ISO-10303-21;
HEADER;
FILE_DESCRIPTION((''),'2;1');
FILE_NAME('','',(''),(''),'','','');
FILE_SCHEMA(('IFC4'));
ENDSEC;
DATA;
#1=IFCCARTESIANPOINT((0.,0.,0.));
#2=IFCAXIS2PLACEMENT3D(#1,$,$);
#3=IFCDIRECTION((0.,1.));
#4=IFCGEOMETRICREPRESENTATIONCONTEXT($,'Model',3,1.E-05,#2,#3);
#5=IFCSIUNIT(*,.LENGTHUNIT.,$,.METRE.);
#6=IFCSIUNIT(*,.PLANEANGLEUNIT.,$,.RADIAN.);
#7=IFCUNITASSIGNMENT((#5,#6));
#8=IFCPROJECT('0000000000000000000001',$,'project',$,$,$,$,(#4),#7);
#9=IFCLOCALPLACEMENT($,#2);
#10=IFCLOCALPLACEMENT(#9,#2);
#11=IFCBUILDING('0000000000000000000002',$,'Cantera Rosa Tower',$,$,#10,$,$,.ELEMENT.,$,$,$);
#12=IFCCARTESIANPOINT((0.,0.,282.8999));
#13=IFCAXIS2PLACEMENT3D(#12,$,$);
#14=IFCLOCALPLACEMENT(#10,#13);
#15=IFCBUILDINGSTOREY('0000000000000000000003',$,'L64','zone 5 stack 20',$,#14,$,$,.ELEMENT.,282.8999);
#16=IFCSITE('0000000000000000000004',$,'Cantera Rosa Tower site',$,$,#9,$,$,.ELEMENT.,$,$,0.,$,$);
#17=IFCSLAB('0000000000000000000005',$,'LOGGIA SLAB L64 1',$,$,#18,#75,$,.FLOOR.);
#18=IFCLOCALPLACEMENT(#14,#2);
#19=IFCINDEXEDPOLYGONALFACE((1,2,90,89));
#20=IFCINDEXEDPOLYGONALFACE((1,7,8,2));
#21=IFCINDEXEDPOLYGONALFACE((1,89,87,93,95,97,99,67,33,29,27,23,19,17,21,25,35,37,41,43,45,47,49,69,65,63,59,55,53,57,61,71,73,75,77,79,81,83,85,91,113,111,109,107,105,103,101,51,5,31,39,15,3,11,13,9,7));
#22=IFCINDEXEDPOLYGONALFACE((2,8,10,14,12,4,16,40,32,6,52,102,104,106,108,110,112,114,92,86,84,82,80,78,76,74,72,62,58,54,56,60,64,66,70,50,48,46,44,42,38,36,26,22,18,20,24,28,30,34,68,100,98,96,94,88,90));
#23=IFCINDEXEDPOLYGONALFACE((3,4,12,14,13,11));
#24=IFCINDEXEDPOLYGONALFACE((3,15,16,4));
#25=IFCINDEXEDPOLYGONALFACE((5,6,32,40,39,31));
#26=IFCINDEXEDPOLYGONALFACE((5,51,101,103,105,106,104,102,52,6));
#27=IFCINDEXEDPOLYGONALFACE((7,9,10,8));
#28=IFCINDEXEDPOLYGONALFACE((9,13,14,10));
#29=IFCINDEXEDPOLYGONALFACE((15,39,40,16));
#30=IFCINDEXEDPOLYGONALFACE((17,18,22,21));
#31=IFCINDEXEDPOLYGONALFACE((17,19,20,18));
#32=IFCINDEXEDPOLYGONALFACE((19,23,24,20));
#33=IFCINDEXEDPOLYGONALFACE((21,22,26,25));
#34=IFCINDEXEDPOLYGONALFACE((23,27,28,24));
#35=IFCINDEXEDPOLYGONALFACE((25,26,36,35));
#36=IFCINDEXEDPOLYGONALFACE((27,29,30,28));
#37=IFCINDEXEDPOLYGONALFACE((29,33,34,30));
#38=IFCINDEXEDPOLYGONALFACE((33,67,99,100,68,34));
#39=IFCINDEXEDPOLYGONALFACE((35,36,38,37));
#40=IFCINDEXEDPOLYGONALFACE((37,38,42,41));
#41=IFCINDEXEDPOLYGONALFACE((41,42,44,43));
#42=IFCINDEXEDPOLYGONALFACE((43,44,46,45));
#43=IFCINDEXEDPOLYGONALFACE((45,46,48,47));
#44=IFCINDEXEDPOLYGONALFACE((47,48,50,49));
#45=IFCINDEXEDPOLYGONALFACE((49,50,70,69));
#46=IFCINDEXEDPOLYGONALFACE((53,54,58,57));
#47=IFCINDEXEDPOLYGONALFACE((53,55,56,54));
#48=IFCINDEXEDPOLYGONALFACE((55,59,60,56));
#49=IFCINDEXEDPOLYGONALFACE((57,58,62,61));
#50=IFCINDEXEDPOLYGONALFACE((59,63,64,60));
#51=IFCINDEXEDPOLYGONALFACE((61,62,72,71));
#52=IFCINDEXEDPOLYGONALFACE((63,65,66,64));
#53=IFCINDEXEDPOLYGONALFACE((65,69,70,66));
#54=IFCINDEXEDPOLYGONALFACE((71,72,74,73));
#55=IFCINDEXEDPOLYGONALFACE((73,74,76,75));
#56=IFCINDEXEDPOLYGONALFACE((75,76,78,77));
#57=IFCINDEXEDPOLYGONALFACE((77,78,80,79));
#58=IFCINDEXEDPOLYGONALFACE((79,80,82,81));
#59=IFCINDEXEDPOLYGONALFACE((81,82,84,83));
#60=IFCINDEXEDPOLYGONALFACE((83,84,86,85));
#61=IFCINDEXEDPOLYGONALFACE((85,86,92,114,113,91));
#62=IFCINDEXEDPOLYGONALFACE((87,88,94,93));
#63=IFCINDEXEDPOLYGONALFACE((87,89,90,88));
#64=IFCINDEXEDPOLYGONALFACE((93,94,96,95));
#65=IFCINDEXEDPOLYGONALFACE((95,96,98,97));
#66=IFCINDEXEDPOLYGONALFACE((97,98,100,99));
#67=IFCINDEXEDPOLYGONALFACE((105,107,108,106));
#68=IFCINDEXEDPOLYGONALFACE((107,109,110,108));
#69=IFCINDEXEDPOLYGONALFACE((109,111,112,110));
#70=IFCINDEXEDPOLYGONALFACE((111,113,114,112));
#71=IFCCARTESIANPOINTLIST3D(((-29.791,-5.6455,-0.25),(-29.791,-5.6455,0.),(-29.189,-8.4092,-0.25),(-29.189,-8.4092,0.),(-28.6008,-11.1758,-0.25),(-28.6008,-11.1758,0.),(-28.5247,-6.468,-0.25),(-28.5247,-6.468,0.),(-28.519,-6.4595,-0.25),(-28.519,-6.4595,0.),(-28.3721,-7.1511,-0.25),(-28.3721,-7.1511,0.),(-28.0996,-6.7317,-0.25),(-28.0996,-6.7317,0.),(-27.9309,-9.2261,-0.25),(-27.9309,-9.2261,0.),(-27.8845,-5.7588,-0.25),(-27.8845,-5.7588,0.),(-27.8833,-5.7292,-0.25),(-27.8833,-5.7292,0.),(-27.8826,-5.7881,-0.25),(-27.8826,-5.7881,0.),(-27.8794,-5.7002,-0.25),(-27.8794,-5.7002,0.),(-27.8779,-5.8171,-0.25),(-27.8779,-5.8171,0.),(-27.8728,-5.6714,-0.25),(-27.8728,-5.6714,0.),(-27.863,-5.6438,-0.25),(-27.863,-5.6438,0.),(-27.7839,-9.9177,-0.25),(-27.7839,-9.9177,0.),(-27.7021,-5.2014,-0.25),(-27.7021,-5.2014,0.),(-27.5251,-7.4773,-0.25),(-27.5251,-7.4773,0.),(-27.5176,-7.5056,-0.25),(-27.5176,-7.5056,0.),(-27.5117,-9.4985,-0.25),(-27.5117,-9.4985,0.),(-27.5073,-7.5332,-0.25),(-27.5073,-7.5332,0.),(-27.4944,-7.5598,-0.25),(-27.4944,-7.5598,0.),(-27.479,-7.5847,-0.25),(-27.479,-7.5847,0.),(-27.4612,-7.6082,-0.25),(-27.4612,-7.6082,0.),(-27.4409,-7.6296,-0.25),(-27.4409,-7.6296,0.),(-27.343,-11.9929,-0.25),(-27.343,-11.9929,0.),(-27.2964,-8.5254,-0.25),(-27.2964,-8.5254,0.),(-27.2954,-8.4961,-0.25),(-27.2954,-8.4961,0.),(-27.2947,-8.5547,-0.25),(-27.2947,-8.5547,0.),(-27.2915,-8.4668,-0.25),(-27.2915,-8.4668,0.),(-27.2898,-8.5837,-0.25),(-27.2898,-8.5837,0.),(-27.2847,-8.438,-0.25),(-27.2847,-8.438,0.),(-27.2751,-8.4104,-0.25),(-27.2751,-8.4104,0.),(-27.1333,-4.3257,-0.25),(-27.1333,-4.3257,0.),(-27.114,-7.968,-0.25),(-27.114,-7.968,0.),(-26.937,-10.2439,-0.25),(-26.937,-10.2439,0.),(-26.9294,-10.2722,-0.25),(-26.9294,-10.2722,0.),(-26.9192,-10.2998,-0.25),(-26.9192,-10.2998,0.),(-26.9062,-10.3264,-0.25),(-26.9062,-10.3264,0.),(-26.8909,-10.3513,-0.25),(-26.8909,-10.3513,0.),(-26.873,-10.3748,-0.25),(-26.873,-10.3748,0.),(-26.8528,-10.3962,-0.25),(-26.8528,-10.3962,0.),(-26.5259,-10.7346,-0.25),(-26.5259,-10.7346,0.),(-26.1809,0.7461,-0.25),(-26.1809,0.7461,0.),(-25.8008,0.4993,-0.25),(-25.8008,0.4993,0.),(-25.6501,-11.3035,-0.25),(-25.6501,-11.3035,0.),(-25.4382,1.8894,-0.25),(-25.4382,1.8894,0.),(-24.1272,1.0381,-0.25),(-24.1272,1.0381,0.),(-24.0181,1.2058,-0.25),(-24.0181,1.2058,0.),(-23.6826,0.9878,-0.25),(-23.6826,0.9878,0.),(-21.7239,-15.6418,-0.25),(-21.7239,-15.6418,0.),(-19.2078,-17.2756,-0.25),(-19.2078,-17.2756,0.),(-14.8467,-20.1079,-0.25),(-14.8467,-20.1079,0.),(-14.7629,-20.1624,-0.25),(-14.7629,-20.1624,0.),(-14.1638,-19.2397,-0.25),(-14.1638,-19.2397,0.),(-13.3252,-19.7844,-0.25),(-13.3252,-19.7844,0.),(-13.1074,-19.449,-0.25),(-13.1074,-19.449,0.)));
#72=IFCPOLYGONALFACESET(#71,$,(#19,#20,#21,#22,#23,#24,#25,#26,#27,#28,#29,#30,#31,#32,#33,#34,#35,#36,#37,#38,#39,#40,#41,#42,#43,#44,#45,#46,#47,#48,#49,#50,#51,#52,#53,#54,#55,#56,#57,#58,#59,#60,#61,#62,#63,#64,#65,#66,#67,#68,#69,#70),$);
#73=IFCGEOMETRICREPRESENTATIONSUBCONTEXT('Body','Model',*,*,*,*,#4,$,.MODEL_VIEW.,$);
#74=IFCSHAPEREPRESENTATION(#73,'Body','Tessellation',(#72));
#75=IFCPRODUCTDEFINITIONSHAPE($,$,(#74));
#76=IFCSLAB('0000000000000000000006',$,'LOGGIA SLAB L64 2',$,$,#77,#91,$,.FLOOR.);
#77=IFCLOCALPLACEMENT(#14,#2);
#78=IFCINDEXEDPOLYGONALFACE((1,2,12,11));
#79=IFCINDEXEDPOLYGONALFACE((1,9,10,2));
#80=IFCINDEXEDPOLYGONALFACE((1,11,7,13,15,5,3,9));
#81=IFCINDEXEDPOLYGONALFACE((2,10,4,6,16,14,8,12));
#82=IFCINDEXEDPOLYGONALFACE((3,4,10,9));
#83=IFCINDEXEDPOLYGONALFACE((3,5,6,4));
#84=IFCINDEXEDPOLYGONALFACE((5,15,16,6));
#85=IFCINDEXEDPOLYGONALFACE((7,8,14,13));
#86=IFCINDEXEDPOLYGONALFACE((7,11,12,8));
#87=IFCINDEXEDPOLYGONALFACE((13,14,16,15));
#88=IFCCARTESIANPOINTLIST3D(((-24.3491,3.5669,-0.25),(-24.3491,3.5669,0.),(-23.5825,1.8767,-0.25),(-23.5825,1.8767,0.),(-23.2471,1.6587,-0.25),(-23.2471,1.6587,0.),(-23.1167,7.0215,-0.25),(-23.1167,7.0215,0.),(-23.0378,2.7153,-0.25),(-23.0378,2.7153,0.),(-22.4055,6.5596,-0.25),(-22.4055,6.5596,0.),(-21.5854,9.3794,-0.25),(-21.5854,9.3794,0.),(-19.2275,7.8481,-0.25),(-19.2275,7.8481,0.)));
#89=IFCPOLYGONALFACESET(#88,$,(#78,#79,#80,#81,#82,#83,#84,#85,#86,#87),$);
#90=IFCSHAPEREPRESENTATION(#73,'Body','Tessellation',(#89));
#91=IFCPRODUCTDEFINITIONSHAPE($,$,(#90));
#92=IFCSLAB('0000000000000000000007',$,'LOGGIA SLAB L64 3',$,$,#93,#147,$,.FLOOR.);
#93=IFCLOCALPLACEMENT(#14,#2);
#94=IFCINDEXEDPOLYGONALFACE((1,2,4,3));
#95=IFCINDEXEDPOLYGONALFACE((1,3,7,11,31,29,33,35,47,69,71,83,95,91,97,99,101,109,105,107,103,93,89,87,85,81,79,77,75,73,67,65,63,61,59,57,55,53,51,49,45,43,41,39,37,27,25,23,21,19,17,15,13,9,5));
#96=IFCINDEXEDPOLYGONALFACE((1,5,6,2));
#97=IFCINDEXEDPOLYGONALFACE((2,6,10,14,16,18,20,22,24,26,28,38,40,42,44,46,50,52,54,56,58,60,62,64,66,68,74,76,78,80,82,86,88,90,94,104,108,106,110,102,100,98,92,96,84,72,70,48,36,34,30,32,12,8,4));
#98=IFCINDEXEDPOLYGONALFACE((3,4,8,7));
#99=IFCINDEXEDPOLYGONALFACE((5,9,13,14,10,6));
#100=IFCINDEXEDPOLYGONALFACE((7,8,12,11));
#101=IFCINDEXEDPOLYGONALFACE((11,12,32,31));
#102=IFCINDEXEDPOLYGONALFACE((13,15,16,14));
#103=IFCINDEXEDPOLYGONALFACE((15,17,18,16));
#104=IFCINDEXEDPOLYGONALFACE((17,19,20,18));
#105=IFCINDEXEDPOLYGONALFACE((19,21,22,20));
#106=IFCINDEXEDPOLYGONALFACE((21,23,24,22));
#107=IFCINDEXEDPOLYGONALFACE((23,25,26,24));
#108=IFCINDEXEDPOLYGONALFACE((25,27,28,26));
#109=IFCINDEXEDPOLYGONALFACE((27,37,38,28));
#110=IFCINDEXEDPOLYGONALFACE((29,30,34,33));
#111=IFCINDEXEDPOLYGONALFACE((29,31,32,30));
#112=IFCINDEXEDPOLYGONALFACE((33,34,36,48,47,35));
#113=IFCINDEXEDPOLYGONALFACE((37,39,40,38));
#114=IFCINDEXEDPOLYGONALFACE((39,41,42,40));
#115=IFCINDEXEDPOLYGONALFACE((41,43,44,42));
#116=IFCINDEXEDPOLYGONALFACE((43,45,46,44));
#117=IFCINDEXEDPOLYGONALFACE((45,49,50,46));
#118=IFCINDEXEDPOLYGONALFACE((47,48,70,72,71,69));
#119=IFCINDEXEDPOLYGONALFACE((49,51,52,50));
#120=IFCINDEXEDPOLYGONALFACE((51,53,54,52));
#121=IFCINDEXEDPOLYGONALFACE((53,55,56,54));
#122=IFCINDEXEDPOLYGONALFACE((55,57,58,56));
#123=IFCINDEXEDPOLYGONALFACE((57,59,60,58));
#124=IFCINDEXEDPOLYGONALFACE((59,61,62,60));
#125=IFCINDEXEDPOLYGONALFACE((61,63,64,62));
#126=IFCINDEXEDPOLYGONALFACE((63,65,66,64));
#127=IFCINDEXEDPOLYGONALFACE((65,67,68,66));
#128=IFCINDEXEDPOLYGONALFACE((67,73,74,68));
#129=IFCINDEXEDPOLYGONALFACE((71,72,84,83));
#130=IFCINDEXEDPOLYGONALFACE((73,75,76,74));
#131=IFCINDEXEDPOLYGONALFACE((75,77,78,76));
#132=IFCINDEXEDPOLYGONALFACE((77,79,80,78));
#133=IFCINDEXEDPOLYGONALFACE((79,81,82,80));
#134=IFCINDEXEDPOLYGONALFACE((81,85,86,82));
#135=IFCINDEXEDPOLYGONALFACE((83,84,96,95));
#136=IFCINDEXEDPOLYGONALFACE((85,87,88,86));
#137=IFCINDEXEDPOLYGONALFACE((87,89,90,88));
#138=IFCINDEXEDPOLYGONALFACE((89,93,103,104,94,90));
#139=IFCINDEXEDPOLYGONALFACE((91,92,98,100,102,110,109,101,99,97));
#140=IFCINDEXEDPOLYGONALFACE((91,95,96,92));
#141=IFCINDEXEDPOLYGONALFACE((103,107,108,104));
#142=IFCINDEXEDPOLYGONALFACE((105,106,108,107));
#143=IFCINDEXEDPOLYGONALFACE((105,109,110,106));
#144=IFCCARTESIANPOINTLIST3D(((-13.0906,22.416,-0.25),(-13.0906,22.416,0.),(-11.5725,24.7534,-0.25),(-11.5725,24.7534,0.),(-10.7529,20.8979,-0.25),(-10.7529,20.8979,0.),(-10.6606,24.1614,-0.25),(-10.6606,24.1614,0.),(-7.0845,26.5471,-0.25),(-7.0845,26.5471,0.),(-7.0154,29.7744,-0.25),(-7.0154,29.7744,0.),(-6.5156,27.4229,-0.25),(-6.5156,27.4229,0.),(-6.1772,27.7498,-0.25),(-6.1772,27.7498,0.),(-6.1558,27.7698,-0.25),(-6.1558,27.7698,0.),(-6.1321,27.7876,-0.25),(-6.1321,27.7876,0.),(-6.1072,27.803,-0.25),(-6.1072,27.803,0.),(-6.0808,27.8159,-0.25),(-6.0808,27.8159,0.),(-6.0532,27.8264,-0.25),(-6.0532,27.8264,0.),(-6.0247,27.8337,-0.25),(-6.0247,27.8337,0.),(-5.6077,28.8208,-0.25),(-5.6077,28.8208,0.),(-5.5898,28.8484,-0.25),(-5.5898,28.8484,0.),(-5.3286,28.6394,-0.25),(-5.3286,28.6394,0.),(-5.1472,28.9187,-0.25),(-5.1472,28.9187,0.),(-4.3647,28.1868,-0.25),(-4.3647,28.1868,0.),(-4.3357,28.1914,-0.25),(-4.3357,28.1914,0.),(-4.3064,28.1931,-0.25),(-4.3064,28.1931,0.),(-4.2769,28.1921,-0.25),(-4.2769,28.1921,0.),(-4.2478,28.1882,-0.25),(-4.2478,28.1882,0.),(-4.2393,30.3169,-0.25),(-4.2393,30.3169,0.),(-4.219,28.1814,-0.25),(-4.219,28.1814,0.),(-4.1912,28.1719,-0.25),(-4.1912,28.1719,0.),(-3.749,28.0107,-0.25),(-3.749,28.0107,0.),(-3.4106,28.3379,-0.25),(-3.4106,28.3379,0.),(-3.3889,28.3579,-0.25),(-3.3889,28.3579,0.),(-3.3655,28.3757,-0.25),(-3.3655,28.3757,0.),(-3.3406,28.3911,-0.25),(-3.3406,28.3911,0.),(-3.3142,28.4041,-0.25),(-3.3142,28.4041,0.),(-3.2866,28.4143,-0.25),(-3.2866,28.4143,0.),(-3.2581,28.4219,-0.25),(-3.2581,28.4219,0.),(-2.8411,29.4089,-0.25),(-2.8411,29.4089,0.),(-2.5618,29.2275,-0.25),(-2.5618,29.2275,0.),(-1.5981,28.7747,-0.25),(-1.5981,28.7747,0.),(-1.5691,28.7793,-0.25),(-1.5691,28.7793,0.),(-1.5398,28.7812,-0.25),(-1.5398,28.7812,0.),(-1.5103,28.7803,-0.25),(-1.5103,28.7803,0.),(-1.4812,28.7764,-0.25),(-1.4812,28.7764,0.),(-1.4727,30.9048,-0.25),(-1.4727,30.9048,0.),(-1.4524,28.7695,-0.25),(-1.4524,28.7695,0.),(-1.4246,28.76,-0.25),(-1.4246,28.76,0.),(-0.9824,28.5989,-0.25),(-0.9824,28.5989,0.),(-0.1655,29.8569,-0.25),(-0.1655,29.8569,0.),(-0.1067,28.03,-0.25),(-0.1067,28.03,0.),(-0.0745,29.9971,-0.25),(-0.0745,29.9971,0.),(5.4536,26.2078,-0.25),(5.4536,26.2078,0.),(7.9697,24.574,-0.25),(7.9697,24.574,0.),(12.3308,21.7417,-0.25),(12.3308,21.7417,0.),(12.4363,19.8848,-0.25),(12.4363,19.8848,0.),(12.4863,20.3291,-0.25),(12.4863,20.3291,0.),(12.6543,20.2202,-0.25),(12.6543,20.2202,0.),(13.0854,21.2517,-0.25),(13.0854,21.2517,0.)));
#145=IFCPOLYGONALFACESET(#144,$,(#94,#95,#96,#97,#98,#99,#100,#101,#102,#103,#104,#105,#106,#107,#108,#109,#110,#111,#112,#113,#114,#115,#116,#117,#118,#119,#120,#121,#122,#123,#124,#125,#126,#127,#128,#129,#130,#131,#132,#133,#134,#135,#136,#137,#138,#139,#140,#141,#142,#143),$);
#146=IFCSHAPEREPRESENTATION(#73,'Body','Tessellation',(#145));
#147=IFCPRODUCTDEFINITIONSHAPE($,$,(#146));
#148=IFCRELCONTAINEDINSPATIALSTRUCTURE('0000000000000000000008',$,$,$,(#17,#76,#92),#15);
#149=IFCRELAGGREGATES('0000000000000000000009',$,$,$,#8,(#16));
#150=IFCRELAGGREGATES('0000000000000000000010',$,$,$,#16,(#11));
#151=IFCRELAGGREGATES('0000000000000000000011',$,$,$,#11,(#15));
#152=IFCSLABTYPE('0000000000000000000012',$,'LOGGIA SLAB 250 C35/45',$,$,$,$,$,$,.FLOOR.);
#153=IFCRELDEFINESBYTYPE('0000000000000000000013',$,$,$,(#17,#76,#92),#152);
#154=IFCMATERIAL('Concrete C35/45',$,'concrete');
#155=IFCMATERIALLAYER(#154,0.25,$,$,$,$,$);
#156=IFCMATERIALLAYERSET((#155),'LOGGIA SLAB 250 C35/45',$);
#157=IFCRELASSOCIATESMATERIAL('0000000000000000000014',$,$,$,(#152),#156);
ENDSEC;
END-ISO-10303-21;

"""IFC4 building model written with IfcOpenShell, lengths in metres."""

from ifc_helpers import new_model, si_unit, direction, frame, origin, place, context, subcontext, project, spatial, polyline, outline, extrude, material, layer, layer_set, type_object, element, save


model = new_model("IFC4")

# Units and contexts
model_context = context("Model", 3, precision=1e-05, world=origin(), true_north=direction((0.0, 1.0)))
body_context = subcontext(model_context, "Body", "Model", "MODEL_VIEW")
ifc_project = project(units=[si_unit("LENGTHUNIT", "METRE"), si_unit("PLANEANGLEUNIT", "RADIAN")], contexts=[model_context])

# Site, building, storey
site_placement = place(None, origin())
site = spatial("IfcSite", under=ifc_project, at=site_placement, Name="Cantera Rosa Tower site", CompositionType="ELEMENT", RefElevation=0.0)
building_placement = place(site_placement, origin())
building = spatial("IfcBuilding", under=site, at=building_placement, Name="Cantera Rosa Tower", CompositionType="ELEMENT")
storey_placement = place(building_placement, frame((0.0, 0.0, 282.8999)))
storey = spatial("IfcBuildingStorey", under=building, at=storey_placement, Name="L64", Description="zone 5 stack 20", CompositionType="ELEMENT", Elevation=282.8999)

# Slabs
ifc_material_1 = material(Name="Concrete C35/45", Category="concrete")
ifc_layer_1 = layer(ifc_material_1, 0.25)
ifc_layer_set_1 = layer_set([ifc_layer_1], Name="LOGGIA SLAB 250 C35/45")
slab_type_1 = type_object("IfcSlabType", Name="LOGGIA SLAB 250 C35/45", PredefinedType="FLOOR", material=ifc_layer_set_1)
slab_1_placement = place(storey_placement, frame((0.0, 0.0, -0.25)))
element("IfcSlab", 1, at=slab_1_placement, inside=storey, type_object=slab_type_1, Name="LOGGIA SLAB L64 1", PredefinedType="FLOOR", context=body_context, shape_type="SweptSolid", body=[
    extrude(outline(polyline([(-28.6008, -11.1758), (-27.7839, -9.9177), (-27.5117, -9.4985), (-27.9309, -9.2261), (-29.189, -8.4092), (-28.3721, -7.1511), (-28.0996, -6.7317), (-28.519, -6.4595), (-28.5247, -6.468), (-29.791, -5.6455), (-25.8008, 0.4993), (-26.1809, 0.7461), (-25.4382, 1.8894), (-24.1272, 1.0381), (-24.0181, 1.2058), (-23.6826, 0.9878), (-27.1333, -4.3257), (-27.7021, -5.2014), (-27.863, -5.6438), (-27.8728, -5.6714), (-27.8794, -5.7002), (-27.8833, -5.7292), (-27.8845, -5.7588), (-27.8826, -5.7881), (-27.8779, -5.8171), (-27.5251, -7.4773), (-27.5176, -7.5056), (-27.5073, -7.5332), (-27.4944, -7.5598), (-27.479, -7.5847), (-27.4612, -7.6082), (-27.4409, -7.6296), (-27.114, -7.968), (-27.2751, -8.4104), (-27.2847, -8.438), (-27.2915, -8.4668), (-27.2954, -8.4961), (-27.2964, -8.5254), (-27.2947, -8.5547), (-27.2898, -8.5837), (-26.937, -10.2439), (-26.9294, -10.2722), (-26.9192, -10.2998), (-26.9062, -10.3264), (-26.8909, -10.3513), (-26.873, -10.3748), (-26.8528, -10.3962), (-26.5259, -10.7346), (-25.6501, -11.3035), (-13.1074, -19.449), (-13.3252, -19.7844), (-14.1638, -19.2397), (-14.7629, -20.1624), (-14.8467, -20.1079), (-19.2078, -17.2756), (-21.7239, -15.6418), (-27.343, -11.9929), (-28.6008, -11.1758)])), origin(), (0.0, 0.0, 1.0), 0.25),
])
slab_2_placement = place(storey_placement, frame((0.0, 0.0, -0.25)))
element("IfcSlab", 2, at=slab_2_placement, inside=storey, type_object=slab_type_1, Name="LOGGIA SLAB L64 2", PredefinedType="FLOOR", context=body_context, shape_type="SweptSolid", body=[
    extrude(outline(polyline([(-23.2471, 1.6587), (-23.5825, 1.8767), (-23.0378, 2.7153), (-24.3491, 3.5669), (-22.4055, 6.5596), (-23.1167, 7.0215), (-21.5854, 9.3794), (-19.2275, 7.8481), (-23.2471, 1.6587)])), origin(), (0.0, 0.0, 1.0), 0.25),
])
slab_3_placement = place(storey_placement, frame((0.0, 0.0, -0.25)))
element("IfcSlab", 3, at=slab_3_placement, inside=storey, type_object=slab_type_1, Name="LOGGIA SLAB L64 3", PredefinedType="FLOOR", context=body_context, shape_type="SweptSolid", body=[
    extrude(outline(polyline([(-5.6077, 28.8208), (-5.3286, 28.6394), (-5.1472, 28.9187), (-4.2393, 30.3169), (-2.8411, 29.4089), (-2.5618, 29.2275), (-1.4727, 30.9048), (-0.0745, 29.9971), (-0.1655, 29.8569), (5.4536, 26.2078), (7.9697, 24.574), (12.3308, 21.7417), (13.0854, 21.2517), (12.4863, 20.3291), (12.6543, 20.2202), (12.4363, 19.8848), (-0.1067, 28.03), (-0.9824, 28.5989), (-1.4246, 28.76), (-1.4524, 28.7695), (-1.4812, 28.7764), (-1.5103, 28.7803), (-1.5398, 28.7812), (-1.5691, 28.7793), (-1.5981, 28.7747), (-3.2581, 28.4219), (-3.2866, 28.4143), (-3.3142, 28.4041), (-3.3406, 28.3911), (-3.3655, 28.3757), (-3.3889, 28.3579), (-3.4106, 28.3379), (-3.749, 28.0107), (-4.1912, 28.1719), (-4.219, 28.1814), (-4.2478, 28.1882), (-4.2769, 28.1921), (-4.3064, 28.1931), (-4.3357, 28.1914), (-4.3647, 28.1868), (-6.0247, 27.8337), (-6.0532, 27.8264), (-6.0808, 27.8159), (-6.1072, 27.803), (-6.1321, 27.7876), (-6.1558, 27.7698), (-6.1772, 27.7498), (-6.5156, 27.4229), (-7.0845, 26.5471), (-10.7529, 20.8979), (-13.0906, 22.416), (-11.5725, 24.7534), (-10.6606, 24.1614), (-7.0154, 29.7744), (-5.5898, 28.8484), (-5.6077, 28.8208)])), origin(), (0.0, 0.0, 1.0), 0.25),
])

save(model, "model.ifc")
